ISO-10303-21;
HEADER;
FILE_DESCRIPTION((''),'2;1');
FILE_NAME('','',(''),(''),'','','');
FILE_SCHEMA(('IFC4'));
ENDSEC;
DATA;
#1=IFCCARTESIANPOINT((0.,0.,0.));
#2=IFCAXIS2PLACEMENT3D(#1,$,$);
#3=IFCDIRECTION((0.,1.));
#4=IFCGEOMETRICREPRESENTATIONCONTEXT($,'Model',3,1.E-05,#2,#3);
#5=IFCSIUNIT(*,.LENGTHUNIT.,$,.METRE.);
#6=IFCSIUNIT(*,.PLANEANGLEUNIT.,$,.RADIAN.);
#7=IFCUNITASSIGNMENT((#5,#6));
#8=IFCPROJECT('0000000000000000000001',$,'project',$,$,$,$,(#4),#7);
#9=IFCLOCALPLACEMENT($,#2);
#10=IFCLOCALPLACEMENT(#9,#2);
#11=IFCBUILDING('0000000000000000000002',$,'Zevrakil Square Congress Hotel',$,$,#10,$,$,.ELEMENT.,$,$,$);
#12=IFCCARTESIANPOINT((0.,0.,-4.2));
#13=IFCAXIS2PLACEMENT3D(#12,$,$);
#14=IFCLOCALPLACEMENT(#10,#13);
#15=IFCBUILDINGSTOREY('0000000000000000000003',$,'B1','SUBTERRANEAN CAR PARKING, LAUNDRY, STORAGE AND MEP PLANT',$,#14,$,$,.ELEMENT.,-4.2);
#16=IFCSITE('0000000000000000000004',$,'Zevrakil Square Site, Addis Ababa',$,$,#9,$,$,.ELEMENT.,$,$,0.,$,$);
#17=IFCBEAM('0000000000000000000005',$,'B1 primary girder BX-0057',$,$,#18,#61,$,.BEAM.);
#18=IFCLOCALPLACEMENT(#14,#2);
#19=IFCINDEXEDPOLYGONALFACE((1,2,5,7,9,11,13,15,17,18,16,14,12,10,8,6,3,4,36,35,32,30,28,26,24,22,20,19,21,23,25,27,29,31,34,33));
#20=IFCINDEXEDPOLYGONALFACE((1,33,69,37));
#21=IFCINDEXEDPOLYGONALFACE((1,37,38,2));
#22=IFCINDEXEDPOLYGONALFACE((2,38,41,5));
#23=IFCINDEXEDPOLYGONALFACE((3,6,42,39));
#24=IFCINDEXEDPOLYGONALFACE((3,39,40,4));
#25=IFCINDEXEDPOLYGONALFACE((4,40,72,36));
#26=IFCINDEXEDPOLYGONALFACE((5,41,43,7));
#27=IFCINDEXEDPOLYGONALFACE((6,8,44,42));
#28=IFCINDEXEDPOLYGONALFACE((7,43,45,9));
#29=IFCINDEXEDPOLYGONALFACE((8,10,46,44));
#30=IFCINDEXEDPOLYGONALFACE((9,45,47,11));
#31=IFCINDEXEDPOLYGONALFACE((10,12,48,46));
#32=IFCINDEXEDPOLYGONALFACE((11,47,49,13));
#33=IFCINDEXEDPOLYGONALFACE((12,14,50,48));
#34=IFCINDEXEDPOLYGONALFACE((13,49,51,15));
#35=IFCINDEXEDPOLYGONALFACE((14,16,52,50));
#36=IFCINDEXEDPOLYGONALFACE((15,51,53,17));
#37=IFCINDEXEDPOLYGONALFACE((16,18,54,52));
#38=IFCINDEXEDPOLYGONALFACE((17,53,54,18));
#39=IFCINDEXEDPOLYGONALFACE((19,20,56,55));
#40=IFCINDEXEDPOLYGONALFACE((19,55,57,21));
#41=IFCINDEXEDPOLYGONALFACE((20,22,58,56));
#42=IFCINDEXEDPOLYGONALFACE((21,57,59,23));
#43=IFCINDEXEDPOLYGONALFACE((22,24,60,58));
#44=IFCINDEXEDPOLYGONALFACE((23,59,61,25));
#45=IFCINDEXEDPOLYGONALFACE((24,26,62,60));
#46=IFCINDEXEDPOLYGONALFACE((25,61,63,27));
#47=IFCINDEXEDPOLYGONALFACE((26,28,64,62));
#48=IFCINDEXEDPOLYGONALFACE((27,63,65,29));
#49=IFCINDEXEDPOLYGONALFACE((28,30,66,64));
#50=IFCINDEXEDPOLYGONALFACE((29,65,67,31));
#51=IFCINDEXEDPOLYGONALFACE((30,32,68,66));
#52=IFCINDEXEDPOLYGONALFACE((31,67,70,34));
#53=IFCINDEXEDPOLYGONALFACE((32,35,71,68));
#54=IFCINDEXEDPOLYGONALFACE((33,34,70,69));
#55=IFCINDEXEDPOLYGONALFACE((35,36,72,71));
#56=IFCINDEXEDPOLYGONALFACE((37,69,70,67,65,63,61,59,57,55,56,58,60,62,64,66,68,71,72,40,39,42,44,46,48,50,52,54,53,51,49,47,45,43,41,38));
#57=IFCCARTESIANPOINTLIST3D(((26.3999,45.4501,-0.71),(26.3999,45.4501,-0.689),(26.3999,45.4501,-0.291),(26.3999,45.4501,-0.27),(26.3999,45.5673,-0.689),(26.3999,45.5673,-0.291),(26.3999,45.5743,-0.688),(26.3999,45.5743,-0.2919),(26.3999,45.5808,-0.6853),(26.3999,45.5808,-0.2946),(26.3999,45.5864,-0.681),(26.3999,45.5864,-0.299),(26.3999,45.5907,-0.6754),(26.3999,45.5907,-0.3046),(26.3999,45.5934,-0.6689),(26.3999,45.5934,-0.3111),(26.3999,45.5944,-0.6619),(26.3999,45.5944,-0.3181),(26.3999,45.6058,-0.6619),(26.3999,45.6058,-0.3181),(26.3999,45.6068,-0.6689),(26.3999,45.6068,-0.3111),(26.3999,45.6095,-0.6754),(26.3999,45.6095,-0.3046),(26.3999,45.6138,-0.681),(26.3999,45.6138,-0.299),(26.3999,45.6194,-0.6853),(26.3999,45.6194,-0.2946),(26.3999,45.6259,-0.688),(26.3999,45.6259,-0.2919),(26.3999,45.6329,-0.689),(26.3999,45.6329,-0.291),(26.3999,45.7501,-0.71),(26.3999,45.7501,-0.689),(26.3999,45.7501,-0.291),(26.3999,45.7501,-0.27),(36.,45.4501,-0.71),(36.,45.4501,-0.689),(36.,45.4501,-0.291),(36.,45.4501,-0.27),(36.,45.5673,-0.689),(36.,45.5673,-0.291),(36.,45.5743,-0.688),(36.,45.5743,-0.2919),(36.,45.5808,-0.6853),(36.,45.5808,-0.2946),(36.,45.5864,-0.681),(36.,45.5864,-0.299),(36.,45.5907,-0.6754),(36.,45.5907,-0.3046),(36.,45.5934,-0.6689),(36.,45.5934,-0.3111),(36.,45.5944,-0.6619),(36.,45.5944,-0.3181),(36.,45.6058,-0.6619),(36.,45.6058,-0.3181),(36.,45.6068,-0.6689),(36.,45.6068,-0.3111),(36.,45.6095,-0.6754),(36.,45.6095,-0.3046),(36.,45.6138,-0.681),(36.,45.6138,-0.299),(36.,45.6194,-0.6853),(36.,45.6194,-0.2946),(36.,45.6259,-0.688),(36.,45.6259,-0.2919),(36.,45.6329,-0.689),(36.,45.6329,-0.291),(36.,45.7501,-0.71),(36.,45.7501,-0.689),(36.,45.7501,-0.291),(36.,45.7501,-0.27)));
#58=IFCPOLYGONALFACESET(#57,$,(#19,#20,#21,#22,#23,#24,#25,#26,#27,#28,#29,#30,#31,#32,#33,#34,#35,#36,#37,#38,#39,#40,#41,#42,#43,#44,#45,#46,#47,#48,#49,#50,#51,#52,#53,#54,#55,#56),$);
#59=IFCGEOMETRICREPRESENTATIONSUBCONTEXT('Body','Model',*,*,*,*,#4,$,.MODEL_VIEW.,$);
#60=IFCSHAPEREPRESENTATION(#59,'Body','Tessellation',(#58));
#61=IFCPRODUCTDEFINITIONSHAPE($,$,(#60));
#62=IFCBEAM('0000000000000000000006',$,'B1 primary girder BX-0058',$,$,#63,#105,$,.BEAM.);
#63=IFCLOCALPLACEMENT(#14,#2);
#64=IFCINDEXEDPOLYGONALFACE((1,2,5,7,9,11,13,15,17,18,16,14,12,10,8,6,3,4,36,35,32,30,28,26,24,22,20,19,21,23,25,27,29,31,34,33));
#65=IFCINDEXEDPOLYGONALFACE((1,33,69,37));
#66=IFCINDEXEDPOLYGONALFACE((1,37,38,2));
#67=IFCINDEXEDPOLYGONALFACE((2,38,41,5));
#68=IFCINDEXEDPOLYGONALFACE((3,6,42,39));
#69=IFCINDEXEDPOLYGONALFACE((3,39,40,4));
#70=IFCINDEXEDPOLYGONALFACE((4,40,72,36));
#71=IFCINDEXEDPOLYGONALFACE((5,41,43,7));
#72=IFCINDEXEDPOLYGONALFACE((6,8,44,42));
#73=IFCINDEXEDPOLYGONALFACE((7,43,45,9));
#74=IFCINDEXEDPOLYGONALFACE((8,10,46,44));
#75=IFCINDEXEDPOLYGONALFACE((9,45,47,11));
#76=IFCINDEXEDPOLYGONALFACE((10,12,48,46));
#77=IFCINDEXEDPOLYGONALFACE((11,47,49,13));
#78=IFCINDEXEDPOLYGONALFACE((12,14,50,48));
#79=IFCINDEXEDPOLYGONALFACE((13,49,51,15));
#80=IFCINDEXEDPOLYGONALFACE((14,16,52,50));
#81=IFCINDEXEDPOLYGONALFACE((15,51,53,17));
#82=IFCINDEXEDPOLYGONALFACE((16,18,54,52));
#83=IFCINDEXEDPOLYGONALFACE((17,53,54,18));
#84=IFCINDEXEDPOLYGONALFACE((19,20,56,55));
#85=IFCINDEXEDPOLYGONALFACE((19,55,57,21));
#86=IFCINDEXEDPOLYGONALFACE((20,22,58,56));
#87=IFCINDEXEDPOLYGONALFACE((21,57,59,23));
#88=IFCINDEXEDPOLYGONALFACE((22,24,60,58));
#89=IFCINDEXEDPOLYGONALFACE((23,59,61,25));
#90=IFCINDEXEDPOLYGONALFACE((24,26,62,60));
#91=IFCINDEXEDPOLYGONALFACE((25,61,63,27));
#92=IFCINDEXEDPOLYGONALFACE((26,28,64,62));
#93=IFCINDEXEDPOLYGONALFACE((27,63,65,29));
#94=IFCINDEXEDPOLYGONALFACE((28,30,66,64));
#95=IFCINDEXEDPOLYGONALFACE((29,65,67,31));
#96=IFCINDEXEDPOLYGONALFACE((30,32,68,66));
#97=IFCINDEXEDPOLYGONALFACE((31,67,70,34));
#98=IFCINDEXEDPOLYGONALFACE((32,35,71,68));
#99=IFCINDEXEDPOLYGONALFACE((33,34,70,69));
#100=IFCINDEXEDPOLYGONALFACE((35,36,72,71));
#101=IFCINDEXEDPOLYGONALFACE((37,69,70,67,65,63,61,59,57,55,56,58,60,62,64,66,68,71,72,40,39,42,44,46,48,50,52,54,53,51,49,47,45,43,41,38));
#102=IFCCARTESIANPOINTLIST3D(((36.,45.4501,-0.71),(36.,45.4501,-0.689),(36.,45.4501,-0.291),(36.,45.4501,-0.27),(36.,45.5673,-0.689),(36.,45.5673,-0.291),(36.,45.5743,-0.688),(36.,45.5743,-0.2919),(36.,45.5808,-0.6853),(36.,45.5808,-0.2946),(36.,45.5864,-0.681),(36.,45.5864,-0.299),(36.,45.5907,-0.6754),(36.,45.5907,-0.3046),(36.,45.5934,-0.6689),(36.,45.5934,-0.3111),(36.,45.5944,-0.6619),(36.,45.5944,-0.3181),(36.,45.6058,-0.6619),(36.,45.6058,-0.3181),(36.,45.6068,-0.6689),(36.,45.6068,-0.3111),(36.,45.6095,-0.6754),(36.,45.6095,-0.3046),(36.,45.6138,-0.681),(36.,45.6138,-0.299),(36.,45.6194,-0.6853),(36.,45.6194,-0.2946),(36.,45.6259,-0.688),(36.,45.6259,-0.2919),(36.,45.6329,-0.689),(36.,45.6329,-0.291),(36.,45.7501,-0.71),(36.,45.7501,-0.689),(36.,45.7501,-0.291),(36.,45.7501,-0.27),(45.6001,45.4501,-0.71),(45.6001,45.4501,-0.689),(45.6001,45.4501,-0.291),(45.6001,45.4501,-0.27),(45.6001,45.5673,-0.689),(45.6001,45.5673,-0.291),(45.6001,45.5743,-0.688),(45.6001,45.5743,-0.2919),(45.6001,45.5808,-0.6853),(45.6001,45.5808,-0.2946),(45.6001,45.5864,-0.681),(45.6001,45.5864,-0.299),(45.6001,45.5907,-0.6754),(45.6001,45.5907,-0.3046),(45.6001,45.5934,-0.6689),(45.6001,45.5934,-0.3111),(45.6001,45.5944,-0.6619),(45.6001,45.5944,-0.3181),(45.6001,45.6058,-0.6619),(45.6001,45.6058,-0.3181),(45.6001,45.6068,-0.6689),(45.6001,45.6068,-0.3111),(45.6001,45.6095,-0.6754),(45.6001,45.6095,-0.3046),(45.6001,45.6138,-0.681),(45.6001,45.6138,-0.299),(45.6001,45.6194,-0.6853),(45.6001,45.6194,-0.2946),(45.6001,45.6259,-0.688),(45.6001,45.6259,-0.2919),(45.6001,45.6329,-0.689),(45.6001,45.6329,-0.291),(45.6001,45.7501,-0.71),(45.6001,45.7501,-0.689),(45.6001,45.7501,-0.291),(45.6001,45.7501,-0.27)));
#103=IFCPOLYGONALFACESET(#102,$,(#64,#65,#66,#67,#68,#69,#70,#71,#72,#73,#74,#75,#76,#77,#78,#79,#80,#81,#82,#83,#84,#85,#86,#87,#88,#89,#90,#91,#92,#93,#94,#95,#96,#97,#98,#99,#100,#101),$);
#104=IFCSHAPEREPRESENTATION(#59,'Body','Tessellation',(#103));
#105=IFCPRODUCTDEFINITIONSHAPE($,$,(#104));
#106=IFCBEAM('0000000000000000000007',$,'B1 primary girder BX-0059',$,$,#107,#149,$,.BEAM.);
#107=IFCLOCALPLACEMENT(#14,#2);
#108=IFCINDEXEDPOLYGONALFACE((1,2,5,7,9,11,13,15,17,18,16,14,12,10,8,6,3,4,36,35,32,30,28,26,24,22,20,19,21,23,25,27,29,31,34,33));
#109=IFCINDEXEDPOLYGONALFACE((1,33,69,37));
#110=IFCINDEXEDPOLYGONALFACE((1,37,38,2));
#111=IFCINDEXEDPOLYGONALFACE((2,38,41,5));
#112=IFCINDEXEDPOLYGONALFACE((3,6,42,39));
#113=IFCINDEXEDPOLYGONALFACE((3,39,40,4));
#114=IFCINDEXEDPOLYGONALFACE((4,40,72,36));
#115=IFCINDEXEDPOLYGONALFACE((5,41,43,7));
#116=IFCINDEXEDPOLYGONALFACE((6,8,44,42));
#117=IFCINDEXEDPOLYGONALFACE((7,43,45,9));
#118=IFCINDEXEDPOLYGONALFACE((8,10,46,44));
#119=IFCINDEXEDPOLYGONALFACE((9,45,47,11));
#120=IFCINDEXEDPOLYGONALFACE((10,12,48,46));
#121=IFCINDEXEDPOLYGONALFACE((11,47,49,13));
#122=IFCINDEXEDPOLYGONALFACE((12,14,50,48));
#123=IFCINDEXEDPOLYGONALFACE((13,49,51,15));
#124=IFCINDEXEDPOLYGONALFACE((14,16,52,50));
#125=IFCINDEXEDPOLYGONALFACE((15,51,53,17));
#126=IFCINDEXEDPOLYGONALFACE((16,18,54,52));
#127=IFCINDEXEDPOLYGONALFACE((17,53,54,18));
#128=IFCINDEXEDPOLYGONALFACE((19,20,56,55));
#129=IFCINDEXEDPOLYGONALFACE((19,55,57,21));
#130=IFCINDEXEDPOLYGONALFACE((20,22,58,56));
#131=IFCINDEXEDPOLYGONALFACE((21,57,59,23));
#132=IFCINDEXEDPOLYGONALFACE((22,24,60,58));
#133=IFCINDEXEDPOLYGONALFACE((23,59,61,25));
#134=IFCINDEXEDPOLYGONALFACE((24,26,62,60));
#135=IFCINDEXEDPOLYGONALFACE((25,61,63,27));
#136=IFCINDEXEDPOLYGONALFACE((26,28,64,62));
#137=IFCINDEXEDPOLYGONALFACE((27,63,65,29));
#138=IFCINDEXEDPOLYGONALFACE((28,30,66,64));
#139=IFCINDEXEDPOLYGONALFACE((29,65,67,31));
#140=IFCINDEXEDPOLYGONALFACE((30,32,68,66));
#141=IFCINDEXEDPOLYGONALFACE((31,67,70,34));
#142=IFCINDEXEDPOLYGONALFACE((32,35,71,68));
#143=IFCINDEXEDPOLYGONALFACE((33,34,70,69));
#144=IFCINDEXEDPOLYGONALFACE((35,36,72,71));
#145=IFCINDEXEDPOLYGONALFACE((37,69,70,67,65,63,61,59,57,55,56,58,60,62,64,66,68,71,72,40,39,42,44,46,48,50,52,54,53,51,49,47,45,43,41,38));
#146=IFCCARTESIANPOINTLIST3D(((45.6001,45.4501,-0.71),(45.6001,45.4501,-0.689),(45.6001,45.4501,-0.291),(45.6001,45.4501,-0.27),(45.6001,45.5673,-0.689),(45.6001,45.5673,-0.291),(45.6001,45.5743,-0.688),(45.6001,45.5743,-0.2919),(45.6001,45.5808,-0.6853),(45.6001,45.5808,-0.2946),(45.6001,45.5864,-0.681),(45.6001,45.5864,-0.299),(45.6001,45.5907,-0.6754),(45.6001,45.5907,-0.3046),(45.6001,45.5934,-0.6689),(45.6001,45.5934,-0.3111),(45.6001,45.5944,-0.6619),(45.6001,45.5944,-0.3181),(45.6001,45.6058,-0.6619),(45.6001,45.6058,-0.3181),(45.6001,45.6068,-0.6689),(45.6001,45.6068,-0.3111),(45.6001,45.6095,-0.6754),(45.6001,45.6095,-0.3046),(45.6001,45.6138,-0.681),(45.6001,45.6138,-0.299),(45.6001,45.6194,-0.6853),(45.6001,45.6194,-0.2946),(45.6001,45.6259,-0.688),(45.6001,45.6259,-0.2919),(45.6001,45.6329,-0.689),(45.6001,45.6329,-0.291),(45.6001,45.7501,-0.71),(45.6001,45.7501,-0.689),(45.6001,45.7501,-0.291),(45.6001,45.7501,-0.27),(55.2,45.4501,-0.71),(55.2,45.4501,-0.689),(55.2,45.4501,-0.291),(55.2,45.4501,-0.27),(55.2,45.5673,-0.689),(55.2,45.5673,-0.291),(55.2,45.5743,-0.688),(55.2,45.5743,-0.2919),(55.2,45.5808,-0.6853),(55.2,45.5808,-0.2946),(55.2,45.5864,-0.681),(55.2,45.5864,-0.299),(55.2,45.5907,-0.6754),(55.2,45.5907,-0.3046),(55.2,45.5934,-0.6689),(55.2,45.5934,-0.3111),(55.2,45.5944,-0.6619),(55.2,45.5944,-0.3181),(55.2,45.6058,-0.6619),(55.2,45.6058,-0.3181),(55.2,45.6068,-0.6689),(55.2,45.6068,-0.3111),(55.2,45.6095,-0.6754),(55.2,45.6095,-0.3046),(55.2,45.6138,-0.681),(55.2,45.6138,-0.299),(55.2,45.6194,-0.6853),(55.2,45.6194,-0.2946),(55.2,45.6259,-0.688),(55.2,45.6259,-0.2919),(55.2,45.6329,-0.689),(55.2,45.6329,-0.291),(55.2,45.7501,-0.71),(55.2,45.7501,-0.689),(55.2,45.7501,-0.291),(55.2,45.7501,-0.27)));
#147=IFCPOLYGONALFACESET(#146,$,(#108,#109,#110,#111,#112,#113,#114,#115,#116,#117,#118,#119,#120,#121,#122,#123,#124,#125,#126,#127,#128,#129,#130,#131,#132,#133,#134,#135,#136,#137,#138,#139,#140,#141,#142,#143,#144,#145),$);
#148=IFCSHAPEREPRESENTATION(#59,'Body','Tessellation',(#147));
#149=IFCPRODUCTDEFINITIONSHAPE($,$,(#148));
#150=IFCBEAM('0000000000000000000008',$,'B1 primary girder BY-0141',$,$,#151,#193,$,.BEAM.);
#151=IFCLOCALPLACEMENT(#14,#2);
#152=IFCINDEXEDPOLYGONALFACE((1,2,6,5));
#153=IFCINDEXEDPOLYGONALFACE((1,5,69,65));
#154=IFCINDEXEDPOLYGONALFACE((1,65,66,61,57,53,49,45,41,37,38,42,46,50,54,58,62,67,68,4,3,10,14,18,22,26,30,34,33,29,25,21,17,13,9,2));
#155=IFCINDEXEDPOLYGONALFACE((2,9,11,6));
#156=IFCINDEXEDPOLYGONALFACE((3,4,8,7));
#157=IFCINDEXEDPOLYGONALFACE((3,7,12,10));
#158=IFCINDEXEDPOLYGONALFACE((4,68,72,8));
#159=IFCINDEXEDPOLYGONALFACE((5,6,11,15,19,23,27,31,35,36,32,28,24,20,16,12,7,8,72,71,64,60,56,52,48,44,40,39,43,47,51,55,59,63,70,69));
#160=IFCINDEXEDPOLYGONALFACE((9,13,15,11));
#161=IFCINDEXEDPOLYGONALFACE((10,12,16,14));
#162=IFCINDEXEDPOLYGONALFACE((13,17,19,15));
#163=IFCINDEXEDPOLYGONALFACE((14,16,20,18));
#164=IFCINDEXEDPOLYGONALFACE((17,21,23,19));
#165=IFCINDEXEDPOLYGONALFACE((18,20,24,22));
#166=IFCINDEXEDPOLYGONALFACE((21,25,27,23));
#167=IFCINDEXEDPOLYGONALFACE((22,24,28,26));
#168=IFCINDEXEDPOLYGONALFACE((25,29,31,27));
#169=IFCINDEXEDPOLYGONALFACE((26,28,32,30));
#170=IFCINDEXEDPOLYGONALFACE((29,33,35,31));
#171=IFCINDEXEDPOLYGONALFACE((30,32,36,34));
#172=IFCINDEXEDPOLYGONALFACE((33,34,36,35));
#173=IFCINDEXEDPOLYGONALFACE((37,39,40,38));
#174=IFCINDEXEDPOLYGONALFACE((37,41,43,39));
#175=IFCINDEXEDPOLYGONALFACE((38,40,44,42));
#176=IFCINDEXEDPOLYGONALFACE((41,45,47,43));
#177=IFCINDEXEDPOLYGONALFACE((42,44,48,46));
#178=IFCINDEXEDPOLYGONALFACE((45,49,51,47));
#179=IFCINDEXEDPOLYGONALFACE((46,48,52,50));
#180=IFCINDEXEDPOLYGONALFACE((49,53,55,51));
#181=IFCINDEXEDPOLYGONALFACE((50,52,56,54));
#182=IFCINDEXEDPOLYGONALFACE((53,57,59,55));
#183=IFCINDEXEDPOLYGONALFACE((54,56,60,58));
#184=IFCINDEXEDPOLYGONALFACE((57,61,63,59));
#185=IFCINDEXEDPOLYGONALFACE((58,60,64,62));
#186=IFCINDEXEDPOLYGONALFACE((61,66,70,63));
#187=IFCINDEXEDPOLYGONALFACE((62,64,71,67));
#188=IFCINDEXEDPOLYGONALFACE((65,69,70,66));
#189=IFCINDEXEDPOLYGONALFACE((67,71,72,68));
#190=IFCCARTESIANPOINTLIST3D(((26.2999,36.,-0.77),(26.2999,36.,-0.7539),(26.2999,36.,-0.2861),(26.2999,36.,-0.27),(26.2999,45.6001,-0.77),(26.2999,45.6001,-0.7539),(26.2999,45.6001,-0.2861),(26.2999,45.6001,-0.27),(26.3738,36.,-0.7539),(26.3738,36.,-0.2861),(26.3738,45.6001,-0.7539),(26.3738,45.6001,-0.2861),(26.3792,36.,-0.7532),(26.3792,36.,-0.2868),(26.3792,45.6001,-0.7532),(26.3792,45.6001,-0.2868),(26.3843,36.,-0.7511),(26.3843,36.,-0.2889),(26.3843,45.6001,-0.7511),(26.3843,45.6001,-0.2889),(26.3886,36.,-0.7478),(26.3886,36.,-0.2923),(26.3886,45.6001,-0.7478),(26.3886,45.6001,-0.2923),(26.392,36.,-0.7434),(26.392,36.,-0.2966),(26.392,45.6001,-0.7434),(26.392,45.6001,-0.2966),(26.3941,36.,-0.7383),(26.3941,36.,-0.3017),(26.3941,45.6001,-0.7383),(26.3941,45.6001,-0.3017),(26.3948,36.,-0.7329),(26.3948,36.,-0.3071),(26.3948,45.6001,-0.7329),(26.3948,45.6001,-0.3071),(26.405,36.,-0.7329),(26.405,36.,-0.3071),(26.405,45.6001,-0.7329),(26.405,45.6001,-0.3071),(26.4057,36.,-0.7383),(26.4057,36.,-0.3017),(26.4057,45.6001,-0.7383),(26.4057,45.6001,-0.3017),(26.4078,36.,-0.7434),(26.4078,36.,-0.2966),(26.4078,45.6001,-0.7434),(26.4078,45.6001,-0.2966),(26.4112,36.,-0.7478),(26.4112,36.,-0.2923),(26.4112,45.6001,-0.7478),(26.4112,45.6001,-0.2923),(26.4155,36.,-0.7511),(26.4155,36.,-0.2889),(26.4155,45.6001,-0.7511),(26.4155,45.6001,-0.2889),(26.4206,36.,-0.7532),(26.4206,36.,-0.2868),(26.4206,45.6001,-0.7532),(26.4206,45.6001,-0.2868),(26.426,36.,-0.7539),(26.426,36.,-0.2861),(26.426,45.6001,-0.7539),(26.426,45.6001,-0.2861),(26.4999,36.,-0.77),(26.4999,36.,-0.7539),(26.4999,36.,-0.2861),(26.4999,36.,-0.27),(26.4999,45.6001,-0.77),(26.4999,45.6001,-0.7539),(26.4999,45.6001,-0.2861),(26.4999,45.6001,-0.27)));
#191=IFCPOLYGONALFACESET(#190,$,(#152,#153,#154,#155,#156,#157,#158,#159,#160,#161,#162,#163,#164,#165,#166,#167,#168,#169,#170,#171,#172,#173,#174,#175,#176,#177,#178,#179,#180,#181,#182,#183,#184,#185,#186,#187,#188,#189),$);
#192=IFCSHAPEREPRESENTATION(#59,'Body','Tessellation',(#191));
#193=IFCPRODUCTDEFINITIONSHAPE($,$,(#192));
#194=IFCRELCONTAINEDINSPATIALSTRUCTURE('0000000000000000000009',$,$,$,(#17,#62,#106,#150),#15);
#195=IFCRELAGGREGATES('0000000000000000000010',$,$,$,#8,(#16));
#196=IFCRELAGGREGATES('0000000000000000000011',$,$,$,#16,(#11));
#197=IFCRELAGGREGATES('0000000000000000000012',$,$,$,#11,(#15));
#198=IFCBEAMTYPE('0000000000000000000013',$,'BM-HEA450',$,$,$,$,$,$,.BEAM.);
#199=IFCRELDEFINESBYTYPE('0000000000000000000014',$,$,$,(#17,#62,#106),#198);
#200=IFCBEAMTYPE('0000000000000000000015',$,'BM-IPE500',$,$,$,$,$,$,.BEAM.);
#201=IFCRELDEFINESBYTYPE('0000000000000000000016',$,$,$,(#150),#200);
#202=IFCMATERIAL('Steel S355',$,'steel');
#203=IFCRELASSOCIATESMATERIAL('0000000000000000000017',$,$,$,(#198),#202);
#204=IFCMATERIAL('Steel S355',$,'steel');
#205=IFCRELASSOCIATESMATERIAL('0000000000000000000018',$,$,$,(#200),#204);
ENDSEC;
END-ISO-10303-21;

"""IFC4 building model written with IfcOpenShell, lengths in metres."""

from ifc_helpers import new_model, si_unit, direction, frame, origin, origin_2d, place, context, subcontext, project, spatial, i_section, extrude, material, material_profile, profile_set, type_object, element, save


model = new_model("IFC4")

# Units and contexts
model_context = context("Model", 3, precision=1e-05, world=origin(), true_north=direction((0.0, 1.0)))
body_context = subcontext(model_context, "Body", "Model", "MODEL_VIEW")
ifc_project = project(units=[si_unit("LENGTHUNIT", "METRE"), si_unit("PLANEANGLEUNIT", "RADIAN")], contexts=[model_context])

# Site, building, storey
site_placement = place(None, origin())
site = spatial("IfcSite", under=ifc_project, at=site_placement, Name="Zevrakil Square Site, Addis Ababa", CompositionType="ELEMENT", RefElevation=0.0)
building_placement = place(site_placement, origin())
building = spatial("IfcBuilding", under=site, at=building_placement, Name="Zevrakil Square Congress Hotel", CompositionType="ELEMENT")
storey_placement = place(building_placement, frame((0.0, 0.0, -4.2)))
storey = spatial("IfcBuildingStorey", under=building, at=storey_placement, Name="B1", Description="SUBTERRANEAN CAR PARKING, LAUNDRY, STORAGE AND MEP PLANT", CompositionType="ELEMENT", Elevation=-4.2)

# Beams
ifc_material_1 = material(Name="Steel S355", Category="steel")
ifc_material_profile_1 = material_profile(ifc_material_1, i_section(OverallWidth=0.3, OverallDepth=0.4399, WebThickness=0.0115, FlangeThickness=0.021, FilletRadius=0.0271, at=origin_2d()), Name="HEA 450")
ifc_profile_set_1 = profile_set([ifc_material_profile_1], Name="Steel S355")
beam_type_1 = type_object("IfcBeamType", Name="BM-HEA450", PredefinedType="BEAM", material=ifc_profile_set_1)
for number, where, z_axis, x_axis, name in (
    (1, (26.3999, 45.6001, -0.49), (1.0, 0.0, 0.0), (0.0, 1.0, 0.0), "B1 primary girder BX-0057"),
    (2, (36.0, 45.6001, -0.49), (1.0, 0.0, 0.0), (0.0, 1.0, 0.0), "B1 primary girder BX-0058"),
):
    element("IfcBeam", number, at=place(storey_placement, frame(where, z_axis=z_axis, x_axis=x_axis)), inside=storey, type_object=beam_type_1, Name=name, PredefinedType="BEAM", context=body_context, shape_type="SweptSolid", body=[
        extrude(i_section(OverallWidth=0.3, OverallDepth=0.4399, WebThickness=0.0115, FlangeThickness=0.021, FilletRadius=0.0271, at=origin_2d()), origin(), (0.0, 0.0, 1.0), 9.6001),
    ])
beam_1_placement = place(storey_placement, frame((45.6001, 45.6001, -0.49), z_axis=(1.0, 0.0, 0.0), x_axis=(0.0, 1.0, 0.0)))
element("IfcBeam", 3, at=beam_1_placement, inside=storey, type_object=beam_type_1, Name="B1 primary girder BX-0059", PredefinedType="BEAM", context=body_context, shape_type="SweptSolid", body=[
    extrude(i_section(OverallWidth=0.3, OverallDepth=0.4399, WebThickness=0.0115, FlangeThickness=0.021, FilletRadius=0.0271, at=origin_2d()), origin(), (0.0, 0.0, 1.0), 9.5999),
])
ifc_material_2 = material(Name="Steel S355", Category="steel")
ifc_material_profile_2 = material_profile(ifc_material_2, i_section(OverallWidth=0.2, OverallDepth=0.5, WebThickness=0.0103, FlangeThickness=0.0161, FilletRadius=0.021, at=origin_2d()), Name="IPE 500")
ifc_profile_set_2 = profile_set([ifc_material_profile_2], Name="Steel S355")
beam_type_2 = type_object("IfcBeamType", Name="BM-IPE500", PredefinedType="BEAM", material=ifc_profile_set_2)
beam_2_placement = place(storey_placement, frame((26.3999, 36.0, -0.52), z_axis=(0.0, 1.0, 0.0), x_axis=(-1.0, 0.0, 0.0)))
element("IfcBeam", 4, at=beam_2_placement, inside=storey, type_object=beam_type_2, Name="B1 primary girder BY-0141", PredefinedType="BEAM", context=body_context, shape_type="SweptSolid", body=[
    extrude(i_section(OverallWidth=0.2, OverallDepth=0.5, WebThickness=0.0103, FlangeThickness=0.0161, FilletRadius=0.021, at=origin_2d()), origin(), (0.0, 0.0, 1.0), 9.6001),
])

save(model, "model.ifc")
